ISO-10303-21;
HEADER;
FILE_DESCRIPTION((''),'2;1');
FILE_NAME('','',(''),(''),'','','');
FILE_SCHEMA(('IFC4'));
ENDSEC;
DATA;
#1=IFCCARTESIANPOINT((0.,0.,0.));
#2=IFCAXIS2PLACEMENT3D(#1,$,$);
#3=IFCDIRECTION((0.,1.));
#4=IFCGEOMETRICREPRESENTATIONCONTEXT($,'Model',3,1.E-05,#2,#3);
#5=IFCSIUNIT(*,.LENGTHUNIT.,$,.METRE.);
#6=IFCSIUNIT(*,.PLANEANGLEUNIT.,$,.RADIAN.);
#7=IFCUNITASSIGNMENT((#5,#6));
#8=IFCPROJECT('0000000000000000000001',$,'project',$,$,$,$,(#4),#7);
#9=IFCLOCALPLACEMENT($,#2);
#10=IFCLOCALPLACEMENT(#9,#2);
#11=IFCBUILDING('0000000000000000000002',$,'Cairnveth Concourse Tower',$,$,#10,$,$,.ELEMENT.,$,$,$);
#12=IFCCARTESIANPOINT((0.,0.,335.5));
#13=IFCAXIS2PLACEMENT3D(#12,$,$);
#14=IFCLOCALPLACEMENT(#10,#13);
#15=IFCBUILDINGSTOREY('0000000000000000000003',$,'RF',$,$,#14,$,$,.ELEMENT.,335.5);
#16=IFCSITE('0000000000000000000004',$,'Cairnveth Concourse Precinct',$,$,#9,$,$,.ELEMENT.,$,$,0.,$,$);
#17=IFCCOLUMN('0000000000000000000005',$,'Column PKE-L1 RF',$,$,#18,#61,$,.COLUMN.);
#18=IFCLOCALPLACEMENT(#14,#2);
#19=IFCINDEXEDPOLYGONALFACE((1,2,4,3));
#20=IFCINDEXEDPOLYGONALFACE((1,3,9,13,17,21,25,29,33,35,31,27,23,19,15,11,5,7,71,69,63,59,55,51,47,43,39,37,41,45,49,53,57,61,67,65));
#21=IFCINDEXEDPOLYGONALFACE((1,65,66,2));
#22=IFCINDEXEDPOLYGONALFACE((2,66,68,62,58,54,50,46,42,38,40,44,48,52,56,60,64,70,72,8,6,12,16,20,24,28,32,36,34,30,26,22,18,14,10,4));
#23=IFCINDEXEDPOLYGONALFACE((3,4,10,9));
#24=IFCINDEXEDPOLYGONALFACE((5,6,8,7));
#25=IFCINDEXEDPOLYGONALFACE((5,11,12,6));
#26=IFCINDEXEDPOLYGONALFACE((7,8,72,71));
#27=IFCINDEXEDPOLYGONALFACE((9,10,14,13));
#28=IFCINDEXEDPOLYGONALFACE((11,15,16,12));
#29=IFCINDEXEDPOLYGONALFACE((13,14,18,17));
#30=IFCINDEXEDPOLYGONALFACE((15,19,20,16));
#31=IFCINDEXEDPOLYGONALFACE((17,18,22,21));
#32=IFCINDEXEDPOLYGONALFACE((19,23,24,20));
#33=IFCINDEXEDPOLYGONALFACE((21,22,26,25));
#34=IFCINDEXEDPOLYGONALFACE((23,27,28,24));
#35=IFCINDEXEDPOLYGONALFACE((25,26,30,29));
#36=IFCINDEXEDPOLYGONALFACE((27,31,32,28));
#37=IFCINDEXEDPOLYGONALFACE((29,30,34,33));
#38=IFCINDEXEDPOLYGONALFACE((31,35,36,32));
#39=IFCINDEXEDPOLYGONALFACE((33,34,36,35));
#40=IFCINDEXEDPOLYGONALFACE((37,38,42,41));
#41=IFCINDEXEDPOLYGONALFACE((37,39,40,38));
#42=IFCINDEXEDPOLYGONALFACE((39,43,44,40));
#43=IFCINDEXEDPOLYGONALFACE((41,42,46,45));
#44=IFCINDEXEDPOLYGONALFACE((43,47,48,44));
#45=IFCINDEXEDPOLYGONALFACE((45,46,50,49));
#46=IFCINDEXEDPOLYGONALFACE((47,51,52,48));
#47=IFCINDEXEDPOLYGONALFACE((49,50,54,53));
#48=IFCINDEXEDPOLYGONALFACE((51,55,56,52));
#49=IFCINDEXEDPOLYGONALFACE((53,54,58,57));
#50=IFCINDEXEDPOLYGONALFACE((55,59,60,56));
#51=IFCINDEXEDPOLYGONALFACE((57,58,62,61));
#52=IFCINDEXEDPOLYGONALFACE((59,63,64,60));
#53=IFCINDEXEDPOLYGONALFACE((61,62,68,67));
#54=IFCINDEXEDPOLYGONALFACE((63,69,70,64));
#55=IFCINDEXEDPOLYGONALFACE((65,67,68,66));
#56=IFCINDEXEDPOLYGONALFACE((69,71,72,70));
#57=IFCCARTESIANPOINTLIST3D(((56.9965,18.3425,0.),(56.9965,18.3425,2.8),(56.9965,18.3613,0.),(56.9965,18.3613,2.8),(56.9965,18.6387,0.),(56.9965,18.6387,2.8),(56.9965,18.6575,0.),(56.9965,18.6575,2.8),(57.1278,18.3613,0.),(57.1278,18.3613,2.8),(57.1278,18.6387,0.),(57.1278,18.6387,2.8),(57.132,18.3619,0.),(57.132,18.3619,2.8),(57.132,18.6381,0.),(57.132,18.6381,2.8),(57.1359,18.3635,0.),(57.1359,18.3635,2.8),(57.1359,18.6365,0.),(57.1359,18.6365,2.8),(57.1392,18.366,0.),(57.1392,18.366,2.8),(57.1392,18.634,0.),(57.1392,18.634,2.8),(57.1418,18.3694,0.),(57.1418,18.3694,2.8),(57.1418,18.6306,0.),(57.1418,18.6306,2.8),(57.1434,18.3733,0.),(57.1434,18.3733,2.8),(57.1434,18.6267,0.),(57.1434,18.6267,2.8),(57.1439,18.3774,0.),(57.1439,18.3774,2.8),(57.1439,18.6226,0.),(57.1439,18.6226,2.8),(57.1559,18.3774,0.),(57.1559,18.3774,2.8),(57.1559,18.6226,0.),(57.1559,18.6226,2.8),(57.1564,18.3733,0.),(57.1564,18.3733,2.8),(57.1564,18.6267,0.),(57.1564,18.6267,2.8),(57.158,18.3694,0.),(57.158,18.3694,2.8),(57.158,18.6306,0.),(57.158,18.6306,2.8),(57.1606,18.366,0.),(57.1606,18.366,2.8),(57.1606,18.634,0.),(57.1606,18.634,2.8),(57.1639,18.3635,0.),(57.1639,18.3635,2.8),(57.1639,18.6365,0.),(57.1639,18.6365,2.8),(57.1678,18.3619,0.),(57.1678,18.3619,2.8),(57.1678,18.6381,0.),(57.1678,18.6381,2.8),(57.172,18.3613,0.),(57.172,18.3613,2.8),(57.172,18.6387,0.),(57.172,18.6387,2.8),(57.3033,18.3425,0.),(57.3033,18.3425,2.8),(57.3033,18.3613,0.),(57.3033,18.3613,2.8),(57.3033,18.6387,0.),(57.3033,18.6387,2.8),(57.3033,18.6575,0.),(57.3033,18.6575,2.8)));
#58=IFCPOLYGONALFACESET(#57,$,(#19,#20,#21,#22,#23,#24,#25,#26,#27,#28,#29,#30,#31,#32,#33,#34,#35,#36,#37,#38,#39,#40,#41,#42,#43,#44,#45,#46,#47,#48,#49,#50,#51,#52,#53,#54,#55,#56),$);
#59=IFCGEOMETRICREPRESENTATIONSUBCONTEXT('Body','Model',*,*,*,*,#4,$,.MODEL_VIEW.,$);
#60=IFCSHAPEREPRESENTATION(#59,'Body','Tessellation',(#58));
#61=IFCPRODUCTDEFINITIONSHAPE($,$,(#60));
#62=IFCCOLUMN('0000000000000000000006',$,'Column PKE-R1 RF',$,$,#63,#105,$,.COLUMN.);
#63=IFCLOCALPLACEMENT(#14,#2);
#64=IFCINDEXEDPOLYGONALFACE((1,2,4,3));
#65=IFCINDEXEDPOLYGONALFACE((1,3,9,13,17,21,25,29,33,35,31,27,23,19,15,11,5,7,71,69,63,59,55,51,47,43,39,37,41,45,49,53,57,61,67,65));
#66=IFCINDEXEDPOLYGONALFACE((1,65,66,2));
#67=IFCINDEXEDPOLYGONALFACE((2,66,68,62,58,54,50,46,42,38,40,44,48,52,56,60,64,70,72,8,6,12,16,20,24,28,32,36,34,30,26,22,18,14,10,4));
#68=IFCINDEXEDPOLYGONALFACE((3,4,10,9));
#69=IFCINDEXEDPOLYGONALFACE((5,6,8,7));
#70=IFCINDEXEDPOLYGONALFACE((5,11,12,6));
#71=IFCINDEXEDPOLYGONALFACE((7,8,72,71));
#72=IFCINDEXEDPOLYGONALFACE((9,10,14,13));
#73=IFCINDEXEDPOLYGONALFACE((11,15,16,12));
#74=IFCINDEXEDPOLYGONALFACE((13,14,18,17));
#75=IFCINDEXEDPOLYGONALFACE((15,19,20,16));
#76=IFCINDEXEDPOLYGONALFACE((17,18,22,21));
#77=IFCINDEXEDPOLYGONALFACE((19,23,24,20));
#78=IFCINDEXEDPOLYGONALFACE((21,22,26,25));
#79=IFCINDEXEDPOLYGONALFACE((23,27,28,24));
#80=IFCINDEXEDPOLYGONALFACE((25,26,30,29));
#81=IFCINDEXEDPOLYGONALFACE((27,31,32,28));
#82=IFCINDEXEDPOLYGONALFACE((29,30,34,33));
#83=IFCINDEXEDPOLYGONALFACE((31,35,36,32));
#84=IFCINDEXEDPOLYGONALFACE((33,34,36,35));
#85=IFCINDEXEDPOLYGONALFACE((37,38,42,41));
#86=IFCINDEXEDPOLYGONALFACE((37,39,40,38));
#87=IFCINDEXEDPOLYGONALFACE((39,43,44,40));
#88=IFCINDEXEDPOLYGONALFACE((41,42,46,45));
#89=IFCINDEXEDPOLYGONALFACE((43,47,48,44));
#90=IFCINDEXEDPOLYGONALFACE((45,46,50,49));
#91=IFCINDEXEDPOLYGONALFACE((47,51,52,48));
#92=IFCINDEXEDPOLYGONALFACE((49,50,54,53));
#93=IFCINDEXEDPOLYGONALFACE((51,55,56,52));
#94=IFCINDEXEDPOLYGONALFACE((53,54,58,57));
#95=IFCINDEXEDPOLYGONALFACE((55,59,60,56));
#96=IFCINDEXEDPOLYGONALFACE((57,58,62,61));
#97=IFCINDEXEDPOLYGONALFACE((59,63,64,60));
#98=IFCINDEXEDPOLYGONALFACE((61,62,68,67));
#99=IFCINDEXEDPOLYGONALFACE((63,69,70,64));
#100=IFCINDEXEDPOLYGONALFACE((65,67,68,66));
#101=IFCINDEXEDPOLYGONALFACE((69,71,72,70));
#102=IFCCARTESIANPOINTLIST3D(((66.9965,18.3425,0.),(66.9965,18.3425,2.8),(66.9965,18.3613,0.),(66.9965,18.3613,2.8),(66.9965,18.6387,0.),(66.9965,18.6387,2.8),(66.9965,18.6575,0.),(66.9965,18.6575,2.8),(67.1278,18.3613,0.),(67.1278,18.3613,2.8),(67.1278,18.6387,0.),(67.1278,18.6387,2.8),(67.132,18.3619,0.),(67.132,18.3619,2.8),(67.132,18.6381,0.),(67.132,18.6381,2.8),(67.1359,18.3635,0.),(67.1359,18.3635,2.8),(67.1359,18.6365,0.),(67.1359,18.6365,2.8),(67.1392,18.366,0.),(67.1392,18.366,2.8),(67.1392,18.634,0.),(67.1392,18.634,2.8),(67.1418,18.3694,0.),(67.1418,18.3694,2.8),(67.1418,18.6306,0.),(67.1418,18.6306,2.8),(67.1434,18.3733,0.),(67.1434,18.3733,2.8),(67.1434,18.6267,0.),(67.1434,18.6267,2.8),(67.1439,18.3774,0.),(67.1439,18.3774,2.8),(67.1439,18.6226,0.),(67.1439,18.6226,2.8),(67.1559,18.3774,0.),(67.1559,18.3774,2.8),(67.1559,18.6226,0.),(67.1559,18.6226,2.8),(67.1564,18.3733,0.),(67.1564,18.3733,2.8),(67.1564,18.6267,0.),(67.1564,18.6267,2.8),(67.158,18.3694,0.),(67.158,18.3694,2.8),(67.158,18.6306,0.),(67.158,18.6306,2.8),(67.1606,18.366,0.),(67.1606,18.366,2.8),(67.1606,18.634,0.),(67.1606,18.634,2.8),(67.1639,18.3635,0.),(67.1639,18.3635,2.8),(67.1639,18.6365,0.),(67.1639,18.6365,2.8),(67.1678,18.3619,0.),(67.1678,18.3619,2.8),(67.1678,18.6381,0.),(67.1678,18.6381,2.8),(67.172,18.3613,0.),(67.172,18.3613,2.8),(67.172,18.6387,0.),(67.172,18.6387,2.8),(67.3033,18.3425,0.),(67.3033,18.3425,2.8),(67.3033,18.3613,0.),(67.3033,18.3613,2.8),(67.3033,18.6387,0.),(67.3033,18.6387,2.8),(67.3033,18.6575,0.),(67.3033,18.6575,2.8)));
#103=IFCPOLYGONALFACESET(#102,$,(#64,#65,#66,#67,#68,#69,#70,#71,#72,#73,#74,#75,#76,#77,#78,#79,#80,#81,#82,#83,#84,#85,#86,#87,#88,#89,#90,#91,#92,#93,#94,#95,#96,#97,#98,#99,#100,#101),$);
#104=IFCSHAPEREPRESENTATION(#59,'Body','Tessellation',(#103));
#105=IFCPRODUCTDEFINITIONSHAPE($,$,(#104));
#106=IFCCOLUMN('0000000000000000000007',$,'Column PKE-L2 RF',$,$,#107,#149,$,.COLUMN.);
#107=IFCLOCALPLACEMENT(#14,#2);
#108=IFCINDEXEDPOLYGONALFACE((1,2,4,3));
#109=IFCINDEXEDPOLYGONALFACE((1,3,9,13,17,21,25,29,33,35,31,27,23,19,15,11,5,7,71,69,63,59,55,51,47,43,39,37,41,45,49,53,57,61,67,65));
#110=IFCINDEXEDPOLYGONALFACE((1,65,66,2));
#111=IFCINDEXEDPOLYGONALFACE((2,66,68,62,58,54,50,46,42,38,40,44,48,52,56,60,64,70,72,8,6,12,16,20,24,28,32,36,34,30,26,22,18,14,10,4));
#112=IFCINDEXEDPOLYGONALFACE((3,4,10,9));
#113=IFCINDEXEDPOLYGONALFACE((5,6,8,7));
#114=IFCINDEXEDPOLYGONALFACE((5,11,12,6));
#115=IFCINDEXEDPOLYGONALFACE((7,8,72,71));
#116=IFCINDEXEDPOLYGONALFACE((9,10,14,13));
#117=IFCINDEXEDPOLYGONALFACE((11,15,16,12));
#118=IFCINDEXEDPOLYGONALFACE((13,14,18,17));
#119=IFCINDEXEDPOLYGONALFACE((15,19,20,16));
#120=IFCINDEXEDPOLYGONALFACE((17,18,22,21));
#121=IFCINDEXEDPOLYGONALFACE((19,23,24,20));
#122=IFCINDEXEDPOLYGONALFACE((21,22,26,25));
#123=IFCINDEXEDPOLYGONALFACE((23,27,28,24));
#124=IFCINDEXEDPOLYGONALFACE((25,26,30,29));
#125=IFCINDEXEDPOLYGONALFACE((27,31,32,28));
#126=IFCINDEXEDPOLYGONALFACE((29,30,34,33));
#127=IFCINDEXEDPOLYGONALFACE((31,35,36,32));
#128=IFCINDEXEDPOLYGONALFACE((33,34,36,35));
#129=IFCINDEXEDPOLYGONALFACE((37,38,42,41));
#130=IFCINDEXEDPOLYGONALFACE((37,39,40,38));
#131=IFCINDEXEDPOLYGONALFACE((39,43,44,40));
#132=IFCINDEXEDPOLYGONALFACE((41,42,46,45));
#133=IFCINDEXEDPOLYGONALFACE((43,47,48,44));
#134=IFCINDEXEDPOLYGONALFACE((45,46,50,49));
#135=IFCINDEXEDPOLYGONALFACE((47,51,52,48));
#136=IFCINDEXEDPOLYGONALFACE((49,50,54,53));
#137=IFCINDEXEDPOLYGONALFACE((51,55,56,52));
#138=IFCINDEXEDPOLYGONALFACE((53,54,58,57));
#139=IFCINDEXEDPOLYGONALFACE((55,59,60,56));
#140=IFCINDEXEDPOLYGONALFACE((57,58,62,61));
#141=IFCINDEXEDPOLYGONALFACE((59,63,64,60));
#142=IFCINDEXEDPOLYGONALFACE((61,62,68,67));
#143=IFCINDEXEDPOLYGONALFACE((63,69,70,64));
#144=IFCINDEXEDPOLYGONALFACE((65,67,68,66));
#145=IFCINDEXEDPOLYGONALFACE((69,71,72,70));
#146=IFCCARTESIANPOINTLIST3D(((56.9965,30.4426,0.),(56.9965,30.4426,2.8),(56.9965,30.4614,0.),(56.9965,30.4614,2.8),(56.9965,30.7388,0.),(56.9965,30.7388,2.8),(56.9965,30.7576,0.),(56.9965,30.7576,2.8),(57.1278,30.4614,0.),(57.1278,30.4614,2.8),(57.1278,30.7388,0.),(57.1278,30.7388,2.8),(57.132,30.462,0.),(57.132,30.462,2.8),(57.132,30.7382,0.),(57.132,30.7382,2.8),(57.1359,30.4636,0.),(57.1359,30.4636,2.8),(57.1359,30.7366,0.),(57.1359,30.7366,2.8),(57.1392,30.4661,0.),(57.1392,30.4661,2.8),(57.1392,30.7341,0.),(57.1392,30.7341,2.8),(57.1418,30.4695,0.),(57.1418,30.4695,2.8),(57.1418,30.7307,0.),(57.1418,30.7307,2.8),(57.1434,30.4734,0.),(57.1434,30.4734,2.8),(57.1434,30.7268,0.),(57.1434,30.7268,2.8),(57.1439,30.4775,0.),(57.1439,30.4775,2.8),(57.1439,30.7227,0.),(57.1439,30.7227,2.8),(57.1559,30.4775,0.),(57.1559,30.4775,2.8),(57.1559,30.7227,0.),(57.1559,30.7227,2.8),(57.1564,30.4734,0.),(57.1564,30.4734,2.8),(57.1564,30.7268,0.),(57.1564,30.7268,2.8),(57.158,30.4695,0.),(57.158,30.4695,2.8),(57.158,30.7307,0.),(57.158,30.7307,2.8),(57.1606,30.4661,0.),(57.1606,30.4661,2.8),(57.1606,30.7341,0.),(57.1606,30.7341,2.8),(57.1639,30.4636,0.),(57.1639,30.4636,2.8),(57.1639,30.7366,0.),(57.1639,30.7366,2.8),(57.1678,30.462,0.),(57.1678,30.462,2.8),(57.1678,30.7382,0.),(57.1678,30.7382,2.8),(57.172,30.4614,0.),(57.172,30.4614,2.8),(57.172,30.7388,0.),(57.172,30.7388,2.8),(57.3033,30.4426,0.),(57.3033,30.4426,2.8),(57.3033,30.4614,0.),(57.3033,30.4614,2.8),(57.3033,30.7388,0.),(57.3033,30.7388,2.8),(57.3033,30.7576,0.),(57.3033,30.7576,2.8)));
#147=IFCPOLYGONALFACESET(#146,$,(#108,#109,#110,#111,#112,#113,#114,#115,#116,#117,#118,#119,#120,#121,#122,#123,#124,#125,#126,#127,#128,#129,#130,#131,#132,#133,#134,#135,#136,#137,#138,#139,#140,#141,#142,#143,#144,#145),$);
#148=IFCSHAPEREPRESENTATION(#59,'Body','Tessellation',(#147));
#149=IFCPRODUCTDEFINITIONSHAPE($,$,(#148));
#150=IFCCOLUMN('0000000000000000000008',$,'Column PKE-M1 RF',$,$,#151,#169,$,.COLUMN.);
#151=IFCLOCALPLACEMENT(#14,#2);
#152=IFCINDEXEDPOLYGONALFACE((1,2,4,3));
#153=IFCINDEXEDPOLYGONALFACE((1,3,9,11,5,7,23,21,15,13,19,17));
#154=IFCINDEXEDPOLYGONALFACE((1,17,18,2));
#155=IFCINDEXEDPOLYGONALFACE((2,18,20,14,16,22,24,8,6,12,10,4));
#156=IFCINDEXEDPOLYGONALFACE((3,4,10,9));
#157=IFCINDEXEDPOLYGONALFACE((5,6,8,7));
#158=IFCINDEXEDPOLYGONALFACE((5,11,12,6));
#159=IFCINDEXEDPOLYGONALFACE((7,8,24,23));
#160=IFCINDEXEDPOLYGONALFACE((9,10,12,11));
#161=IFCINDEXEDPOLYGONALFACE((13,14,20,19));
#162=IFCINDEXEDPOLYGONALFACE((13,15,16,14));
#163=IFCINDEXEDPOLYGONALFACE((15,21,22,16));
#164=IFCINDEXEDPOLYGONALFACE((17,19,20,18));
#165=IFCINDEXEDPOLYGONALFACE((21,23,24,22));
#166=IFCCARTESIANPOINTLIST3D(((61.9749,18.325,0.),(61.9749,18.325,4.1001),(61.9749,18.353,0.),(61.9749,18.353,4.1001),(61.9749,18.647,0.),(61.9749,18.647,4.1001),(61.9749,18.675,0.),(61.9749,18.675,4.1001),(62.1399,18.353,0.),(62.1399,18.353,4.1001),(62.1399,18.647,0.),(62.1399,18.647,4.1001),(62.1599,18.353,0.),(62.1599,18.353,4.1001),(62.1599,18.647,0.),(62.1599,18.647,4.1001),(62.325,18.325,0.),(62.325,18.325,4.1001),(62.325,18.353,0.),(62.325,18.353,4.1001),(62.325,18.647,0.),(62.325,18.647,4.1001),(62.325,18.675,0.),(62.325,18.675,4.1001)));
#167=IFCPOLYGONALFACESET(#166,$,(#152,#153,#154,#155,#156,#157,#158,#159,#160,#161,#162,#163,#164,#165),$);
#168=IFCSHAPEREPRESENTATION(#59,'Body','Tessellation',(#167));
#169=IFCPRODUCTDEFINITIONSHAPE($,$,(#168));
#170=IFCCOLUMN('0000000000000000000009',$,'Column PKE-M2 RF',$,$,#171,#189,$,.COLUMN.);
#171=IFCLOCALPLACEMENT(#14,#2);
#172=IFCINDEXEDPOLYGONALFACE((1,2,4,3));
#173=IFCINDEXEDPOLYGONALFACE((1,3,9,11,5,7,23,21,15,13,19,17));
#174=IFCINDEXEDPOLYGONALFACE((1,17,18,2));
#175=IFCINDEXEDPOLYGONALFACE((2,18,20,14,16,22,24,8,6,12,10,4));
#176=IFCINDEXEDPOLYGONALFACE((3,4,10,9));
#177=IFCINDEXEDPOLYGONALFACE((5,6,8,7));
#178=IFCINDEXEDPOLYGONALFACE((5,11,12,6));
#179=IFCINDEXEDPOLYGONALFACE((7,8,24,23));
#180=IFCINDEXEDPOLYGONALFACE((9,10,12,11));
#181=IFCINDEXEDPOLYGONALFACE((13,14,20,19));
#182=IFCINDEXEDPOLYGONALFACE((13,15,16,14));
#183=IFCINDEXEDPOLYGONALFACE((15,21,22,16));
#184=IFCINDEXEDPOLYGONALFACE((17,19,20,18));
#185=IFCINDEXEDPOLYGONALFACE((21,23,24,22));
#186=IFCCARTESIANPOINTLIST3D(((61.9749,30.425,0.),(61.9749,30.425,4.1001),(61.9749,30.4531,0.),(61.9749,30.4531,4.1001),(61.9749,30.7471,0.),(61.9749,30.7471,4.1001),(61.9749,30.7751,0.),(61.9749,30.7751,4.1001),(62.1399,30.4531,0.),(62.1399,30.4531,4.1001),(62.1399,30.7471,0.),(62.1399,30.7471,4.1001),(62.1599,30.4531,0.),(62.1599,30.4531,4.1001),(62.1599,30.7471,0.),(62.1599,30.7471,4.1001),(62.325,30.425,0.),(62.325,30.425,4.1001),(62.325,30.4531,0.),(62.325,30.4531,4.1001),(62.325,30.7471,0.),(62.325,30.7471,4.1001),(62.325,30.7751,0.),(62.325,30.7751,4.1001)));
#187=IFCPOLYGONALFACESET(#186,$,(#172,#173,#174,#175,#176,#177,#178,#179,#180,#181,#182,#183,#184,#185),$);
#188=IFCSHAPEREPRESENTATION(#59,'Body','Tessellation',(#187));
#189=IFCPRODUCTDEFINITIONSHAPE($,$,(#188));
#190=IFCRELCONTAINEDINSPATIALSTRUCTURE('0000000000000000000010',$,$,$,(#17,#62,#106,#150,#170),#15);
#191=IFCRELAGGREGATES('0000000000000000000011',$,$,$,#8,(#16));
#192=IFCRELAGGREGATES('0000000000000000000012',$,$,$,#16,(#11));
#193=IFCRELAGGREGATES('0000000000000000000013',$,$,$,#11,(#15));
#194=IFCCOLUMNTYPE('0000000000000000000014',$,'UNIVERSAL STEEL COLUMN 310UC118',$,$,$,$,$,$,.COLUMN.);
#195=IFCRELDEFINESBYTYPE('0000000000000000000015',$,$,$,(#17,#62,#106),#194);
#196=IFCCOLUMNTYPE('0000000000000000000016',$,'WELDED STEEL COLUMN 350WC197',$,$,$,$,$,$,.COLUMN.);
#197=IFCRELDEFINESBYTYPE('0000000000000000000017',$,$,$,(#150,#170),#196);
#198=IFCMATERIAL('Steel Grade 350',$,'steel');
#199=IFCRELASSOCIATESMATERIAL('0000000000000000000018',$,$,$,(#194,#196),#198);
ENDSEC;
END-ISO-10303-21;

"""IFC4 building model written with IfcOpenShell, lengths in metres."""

from ifc_helpers import new_model, si_unit, direction, frame, origin, origin_2d, place, context, subcontext, project, spatial, i_section, extrude, material, material_profile, profile_set, type_object, element, save


model = new_model("IFC4")

# Units and contexts
model_context = context("Model", 3, precision=1e-05, world=origin(), true_north=direction((0.0, 1.0)))
body_context = subcontext(model_context, "Body", "Model", "MODEL_VIEW")
ifc_project = project(units=[si_unit("LENGTHUNIT", "METRE"), si_unit("PLANEANGLEUNIT", "RADIAN")], contexts=[model_context])

# Site, building, storey
site_placement = place(None, origin())
site = spatial("IfcSite", under=ifc_project, at=site_placement, Name="Cairnveth Concourse Precinct", CompositionType="ELEMENT", RefElevation=0.0)
building_placement = place(site_placement, origin())
building = spatial("IfcBuilding", under=site, at=building_placement, Name="Cairnveth Concourse Tower", CompositionType="ELEMENT")
storey_placement = place(building_placement, frame((0.0, 0.0, 335.5)))
storey = spatial("IfcBuildingStorey", under=building, at=storey_placement, Name="RF", CompositionType="ELEMENT", Elevation=335.5)

# Columns
ifc_material_1 = material(Name="Steel Grade 350", Category="steel")
ifc_material_profile_1 = material_profile(ifc_material_1, i_section(OverallWidth=0.3069, OverallDepth=0.3149, WebThickness=0.012, FlangeThickness=0.0188, FilletRadius=0.0161, at=origin_2d()), Name="310UC118")
ifc_profile_set_1 = profile_set([ifc_material_profile_1], Name="Steel Grade 350")
column_type_1 = type_object("IfcColumnType", Name="UNIVERSAL STEEL COLUMN 310UC118", PredefinedType="COLUMN", material=ifc_profile_set_1)
for number, where, z_axis, x_axis, name in (
    (1, (57.1499, 18.5, 0.0), (0.0, 0.0, 1.0), (1.0, 0.0, 0.0), "Column PKE-L1 RF"),
    (2, (67.1499, 18.5, 0.0), (0.0, 0.0, 1.0), (1.0, 0.0, 0.0), "Column PKE-R1 RF"),
    (3, (57.1499, 30.6001, 0.0), (0.0, 0.0, 1.0), (1.0, 0.0, 0.0), "Column PKE-L2 RF"),
):
    element("IfcColumn", number, at=place(storey_placement, frame(where, z_axis=z_axis, x_axis=x_axis)), inside=storey, type_object=column_type_1, Name=name, PredefinedType="COLUMN", context=body_context, shape_type="SweptSolid", body=[
        extrude(i_section(OverallWidth=0.3069, OverallDepth=0.3149, WebThickness=0.012, FlangeThickness=0.0188, FilletRadius=0.0161, at=origin_2d()), origin(), (0.0, 0.0, 1.0), 2.8),
    ])
ifc_material_profile_2 = material_profile(ifc_material_1, i_section(OverallWidth=0.3501, OverallDepth=0.3501, WebThickness=0.02, FlangeThickness=0.0281, at=origin_2d()), Name="350WC197")
ifc_profile_set_2 = profile_set([ifc_material_profile_2], Name="Steel Grade 350")
column_type_2 = type_object("IfcColumnType", Name="WELDED STEEL COLUMN 350WC197", PredefinedType="COLUMN", material=ifc_profile_set_2)
for number, where, z_axis, x_axis, name in (
    (4, (62.1499, 18.5, 0.0), (0.0, 0.0, 1.0), (1.0, 0.0, 0.0), "Column PKE-M1 RF"),
    (5, (62.1499, 30.6001, 0.0), (0.0, 0.0, 1.0), (1.0, 0.0, 0.0), "Column PKE-M2 RF"),
):
    element("IfcColumn", number, at=place(storey_placement, frame(where, z_axis=z_axis, x_axis=x_axis)), inside=storey, type_object=column_type_2, Name=name, PredefinedType="COLUMN", context=body_context, shape_type="SweptSolid", body=[
        extrude(i_section(OverallWidth=0.3501, OverallDepth=0.3501, WebThickness=0.02, FlangeThickness=0.0281, at=origin_2d()), origin(), (0.0, 0.0, 1.0), 4.1001),
    ])

save(model, "model.ifc")
